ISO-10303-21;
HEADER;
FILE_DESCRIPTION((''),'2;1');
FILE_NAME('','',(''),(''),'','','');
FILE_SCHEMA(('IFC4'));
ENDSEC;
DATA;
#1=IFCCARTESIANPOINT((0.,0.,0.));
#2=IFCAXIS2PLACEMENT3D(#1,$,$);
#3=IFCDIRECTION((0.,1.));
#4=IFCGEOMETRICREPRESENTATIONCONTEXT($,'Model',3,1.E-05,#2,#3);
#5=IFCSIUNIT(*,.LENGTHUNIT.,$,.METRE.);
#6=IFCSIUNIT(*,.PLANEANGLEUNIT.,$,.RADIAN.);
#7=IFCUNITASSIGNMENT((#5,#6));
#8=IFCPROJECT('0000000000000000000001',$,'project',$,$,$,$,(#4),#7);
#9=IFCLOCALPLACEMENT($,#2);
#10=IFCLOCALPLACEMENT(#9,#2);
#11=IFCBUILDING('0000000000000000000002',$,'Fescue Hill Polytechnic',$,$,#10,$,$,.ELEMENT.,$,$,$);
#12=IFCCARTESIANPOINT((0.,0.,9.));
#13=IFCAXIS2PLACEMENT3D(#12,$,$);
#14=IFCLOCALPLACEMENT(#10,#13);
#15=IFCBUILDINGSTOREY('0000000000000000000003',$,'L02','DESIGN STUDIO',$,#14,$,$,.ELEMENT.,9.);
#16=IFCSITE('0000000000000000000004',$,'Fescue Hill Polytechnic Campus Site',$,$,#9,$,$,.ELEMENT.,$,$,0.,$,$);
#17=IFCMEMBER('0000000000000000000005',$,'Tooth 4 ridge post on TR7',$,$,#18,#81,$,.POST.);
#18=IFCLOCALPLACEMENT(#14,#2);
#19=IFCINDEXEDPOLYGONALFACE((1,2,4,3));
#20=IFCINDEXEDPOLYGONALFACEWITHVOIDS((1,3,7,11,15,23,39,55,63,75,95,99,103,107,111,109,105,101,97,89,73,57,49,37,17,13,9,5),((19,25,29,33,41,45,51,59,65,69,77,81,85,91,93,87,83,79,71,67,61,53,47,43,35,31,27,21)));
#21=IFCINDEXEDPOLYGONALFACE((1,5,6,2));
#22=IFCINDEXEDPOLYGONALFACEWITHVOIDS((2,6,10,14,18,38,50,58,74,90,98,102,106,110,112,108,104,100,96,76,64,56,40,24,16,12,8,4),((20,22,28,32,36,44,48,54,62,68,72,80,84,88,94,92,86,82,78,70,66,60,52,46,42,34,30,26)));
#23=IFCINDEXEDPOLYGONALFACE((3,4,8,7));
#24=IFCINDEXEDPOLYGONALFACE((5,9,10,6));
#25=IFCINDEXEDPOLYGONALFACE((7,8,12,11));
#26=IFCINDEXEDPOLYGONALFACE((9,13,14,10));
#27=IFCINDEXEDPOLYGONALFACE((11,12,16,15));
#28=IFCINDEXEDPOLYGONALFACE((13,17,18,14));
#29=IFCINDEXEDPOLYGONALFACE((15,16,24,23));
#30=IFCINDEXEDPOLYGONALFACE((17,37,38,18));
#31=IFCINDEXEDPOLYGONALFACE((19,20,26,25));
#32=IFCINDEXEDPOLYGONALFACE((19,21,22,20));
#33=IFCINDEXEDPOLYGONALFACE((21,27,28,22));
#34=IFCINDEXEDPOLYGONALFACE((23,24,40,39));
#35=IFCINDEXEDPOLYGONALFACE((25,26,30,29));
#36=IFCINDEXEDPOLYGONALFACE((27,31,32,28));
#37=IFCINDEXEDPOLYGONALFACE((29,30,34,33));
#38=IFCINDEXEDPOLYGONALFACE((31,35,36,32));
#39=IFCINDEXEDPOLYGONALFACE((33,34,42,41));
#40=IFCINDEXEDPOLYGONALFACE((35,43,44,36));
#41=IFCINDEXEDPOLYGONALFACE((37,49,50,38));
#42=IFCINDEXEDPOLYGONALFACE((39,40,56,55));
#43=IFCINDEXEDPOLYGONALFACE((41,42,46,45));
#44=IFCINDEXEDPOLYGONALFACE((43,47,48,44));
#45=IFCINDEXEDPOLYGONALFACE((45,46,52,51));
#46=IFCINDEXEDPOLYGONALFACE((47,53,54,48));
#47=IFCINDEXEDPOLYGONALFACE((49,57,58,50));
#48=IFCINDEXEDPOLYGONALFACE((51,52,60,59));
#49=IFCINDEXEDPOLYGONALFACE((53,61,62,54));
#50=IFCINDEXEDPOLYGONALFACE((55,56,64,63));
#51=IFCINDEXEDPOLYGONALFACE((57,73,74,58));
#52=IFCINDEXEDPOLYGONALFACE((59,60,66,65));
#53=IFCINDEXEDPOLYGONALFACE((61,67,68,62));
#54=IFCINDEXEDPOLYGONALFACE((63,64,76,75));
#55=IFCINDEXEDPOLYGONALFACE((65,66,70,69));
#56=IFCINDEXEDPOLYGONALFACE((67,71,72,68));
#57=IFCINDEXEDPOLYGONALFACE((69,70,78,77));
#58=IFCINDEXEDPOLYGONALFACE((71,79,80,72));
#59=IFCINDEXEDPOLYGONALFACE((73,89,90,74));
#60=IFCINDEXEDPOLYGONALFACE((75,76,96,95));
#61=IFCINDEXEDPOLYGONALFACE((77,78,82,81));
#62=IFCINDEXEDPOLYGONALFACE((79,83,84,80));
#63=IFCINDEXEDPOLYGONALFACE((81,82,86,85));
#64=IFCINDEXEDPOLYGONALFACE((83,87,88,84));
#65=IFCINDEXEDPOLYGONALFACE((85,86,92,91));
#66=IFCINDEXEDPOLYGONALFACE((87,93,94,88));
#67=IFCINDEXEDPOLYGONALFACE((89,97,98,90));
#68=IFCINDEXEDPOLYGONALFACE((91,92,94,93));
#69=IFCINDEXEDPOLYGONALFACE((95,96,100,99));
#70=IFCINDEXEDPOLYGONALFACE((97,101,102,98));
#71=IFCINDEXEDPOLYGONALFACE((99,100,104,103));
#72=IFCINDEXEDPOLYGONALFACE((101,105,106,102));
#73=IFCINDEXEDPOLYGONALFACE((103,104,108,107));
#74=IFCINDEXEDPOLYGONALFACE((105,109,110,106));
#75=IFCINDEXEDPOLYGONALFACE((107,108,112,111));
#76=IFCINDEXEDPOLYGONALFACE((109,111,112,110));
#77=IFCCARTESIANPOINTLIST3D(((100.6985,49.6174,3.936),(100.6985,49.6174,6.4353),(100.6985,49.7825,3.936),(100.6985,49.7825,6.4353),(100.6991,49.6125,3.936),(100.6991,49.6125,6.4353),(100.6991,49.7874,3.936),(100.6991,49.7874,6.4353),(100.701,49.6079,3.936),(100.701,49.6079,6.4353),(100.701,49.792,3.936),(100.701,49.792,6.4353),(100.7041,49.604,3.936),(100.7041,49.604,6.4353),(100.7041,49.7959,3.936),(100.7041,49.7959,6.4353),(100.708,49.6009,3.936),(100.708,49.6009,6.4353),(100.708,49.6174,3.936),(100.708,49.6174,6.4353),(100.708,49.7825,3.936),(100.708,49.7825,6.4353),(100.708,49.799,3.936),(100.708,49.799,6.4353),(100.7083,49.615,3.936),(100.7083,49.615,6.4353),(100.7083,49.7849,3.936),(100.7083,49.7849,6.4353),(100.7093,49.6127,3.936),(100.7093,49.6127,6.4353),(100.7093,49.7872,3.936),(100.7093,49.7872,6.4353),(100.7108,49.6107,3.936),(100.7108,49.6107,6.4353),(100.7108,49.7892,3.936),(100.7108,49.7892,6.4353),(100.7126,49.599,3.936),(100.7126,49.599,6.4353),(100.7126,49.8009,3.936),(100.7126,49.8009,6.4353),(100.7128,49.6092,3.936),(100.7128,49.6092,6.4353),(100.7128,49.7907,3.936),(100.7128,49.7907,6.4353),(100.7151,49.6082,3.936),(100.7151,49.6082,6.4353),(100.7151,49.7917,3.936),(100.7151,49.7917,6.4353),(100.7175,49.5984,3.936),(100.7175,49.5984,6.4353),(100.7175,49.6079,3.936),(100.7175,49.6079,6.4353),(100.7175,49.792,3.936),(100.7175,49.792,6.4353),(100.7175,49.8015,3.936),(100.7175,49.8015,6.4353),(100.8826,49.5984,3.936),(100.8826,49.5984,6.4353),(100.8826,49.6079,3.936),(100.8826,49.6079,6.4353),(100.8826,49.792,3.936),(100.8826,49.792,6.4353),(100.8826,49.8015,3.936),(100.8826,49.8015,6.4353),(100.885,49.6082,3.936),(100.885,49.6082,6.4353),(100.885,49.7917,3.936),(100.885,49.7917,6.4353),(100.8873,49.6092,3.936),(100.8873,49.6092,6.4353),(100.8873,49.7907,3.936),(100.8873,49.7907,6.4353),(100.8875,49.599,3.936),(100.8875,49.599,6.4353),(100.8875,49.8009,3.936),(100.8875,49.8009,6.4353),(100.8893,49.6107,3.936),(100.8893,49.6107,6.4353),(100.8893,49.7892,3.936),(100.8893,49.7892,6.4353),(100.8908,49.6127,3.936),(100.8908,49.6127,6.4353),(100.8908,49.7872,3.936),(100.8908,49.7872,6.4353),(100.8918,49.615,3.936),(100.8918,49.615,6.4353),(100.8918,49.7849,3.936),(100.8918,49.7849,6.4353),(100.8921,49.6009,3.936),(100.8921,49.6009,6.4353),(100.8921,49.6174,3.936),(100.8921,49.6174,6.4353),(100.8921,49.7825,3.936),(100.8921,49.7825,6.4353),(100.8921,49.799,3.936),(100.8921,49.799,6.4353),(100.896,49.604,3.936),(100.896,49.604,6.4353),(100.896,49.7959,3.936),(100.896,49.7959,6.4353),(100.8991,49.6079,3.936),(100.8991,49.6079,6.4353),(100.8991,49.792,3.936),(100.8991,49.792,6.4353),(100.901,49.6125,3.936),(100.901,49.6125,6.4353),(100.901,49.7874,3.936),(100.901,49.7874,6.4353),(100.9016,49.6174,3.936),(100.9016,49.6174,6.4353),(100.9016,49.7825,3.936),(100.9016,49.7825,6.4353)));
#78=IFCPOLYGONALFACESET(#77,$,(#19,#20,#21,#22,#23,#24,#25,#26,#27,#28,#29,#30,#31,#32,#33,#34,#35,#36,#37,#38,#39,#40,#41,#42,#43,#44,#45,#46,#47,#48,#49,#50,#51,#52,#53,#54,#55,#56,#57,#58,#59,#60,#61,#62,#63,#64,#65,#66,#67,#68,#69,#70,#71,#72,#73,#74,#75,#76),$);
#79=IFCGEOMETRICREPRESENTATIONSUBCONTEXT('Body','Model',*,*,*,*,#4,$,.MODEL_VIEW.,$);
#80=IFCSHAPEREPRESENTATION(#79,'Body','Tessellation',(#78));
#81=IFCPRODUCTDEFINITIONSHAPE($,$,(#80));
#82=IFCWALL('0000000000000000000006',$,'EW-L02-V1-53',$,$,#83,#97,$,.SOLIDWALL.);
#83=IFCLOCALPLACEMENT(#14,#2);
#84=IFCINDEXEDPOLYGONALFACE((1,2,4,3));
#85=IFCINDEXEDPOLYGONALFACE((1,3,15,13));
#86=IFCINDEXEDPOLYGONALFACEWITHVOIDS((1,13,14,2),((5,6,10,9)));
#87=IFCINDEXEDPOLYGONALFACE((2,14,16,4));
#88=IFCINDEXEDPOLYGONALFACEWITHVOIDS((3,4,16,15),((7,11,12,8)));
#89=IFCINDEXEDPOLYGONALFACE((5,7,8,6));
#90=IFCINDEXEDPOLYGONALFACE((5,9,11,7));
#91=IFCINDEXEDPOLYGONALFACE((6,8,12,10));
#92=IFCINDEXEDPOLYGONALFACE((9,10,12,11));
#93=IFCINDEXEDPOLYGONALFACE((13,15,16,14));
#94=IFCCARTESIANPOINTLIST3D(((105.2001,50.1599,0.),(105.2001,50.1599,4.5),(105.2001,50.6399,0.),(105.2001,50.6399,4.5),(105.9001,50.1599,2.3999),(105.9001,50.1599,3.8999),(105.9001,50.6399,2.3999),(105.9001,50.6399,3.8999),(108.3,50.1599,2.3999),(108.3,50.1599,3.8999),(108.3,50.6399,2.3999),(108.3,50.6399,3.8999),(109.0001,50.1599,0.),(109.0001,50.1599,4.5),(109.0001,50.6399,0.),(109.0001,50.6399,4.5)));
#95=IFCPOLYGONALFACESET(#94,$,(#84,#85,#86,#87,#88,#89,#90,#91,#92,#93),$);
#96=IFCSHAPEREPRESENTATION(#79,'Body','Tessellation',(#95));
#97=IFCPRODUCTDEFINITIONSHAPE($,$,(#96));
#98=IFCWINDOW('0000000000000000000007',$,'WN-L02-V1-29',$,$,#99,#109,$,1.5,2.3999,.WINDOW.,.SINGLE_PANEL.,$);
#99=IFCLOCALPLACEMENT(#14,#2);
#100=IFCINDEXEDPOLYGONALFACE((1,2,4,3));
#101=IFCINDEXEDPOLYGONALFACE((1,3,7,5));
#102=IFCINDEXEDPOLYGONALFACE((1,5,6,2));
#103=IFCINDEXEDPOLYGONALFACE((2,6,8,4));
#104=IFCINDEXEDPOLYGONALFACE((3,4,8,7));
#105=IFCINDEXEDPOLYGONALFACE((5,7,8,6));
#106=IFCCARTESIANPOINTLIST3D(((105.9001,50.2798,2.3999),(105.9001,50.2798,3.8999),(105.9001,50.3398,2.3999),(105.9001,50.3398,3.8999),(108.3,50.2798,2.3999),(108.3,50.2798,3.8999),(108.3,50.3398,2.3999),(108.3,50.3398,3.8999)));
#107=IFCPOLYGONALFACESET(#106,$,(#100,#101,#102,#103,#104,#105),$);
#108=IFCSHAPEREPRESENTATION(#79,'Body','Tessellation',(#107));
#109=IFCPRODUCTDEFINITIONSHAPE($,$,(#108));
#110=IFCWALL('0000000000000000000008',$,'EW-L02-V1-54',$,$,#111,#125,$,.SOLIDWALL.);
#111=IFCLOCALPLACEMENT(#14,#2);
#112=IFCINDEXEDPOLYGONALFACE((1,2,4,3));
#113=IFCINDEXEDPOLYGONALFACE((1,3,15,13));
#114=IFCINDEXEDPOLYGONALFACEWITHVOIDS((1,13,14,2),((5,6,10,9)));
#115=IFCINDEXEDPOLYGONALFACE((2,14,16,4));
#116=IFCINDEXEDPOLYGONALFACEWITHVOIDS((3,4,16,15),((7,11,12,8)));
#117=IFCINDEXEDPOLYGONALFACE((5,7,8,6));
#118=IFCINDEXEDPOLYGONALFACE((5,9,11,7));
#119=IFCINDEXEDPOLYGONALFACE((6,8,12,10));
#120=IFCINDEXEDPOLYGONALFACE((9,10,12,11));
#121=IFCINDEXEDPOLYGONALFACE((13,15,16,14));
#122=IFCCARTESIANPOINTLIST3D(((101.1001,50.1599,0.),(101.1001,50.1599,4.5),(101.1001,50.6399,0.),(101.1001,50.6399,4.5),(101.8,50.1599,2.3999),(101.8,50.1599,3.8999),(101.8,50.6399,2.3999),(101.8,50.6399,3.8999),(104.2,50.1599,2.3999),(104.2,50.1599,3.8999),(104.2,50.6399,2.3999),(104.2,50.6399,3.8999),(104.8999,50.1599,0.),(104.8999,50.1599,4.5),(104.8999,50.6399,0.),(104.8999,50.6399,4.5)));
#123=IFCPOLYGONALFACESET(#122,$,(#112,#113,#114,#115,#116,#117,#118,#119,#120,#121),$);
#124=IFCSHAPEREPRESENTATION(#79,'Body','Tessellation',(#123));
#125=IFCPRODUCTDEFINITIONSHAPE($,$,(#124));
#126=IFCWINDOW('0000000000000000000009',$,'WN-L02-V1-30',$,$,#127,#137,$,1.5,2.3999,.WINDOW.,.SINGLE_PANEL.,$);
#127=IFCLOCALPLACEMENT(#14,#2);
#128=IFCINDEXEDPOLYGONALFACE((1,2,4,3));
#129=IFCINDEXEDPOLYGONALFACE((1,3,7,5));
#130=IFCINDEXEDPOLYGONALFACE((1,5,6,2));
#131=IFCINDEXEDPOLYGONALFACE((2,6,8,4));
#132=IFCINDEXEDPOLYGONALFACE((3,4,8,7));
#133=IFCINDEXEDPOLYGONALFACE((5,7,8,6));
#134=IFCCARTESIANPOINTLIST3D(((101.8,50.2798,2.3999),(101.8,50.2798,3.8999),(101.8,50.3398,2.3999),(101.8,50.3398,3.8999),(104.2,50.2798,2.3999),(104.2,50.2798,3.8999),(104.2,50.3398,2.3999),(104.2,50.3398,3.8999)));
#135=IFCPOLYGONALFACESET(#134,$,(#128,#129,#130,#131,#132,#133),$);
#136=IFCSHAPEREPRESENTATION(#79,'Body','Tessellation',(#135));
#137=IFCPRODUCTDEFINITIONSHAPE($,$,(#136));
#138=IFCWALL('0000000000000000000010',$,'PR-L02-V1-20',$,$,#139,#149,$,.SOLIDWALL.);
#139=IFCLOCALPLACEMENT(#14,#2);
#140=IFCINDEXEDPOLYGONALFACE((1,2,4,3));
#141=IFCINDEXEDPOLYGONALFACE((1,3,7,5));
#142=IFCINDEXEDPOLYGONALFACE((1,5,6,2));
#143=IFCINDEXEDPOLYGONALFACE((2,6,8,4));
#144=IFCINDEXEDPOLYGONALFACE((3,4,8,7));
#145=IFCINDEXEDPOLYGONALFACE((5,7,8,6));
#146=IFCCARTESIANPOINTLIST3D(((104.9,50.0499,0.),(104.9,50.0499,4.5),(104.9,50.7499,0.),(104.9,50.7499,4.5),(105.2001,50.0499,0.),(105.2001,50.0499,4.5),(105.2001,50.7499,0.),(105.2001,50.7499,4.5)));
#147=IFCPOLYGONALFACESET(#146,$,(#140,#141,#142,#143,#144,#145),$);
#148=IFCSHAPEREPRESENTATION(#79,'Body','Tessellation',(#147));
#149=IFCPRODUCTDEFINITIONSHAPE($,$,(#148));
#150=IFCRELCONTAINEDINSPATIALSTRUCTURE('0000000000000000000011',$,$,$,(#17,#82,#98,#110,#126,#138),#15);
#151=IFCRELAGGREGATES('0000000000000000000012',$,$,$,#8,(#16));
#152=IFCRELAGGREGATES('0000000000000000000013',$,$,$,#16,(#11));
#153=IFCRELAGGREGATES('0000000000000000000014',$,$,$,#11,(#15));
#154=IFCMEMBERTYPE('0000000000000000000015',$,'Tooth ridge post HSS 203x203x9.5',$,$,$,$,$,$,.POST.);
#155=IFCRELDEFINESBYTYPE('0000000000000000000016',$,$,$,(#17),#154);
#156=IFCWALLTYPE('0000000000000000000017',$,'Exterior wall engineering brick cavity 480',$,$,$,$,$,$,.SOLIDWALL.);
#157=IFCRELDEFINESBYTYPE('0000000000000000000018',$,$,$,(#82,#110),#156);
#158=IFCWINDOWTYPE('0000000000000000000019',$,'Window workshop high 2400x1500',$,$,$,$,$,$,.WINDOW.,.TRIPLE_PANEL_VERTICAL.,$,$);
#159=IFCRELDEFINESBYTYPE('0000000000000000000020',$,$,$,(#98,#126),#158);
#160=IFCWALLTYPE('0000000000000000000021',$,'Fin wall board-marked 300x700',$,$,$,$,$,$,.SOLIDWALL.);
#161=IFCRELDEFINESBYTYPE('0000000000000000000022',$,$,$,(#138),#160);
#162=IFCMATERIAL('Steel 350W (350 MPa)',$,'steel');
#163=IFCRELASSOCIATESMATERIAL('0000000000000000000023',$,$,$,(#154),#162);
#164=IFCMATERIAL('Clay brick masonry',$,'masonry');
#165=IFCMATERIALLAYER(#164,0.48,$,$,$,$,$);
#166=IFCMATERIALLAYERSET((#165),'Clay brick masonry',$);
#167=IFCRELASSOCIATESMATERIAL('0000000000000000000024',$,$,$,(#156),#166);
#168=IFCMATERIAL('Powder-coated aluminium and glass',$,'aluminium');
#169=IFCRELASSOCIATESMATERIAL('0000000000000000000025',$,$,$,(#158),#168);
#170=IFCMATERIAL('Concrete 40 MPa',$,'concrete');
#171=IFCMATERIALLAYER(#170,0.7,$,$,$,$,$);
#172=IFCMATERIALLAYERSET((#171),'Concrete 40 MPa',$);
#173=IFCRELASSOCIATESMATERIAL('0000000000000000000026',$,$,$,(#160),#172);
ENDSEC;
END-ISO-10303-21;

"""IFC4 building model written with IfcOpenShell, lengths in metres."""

from ifc_helpers import new_model, si_unit, direction, frame, frame_2d, origin, origin_2d, place, context, subcontext, project, spatial, rectangle, hollow_rectangle, extrude, material, layer, layer_set, material_profile, profile_set, type_object, element, fill, save


model = new_model("IFC4")

# Units and contexts
model_context = context("Model", 3, precision=1e-05, world=origin(), true_north=direction((0.0, 1.0)))
body_context = subcontext(model_context, "Body", "Model", "MODEL_VIEW")
ifc_project = project(units=[si_unit("LENGTHUNIT", "METRE"), si_unit("PLANEANGLEUNIT", "RADIAN")], contexts=[model_context])

# Site, building, storey
site_placement = place(None, origin())
site = spatial("IfcSite", under=ifc_project, at=site_placement, Name="Fescue Hill Polytechnic Campus Site", CompositionType="ELEMENT", RefElevation=0.0)
building_placement = place(site_placement, origin())
building = spatial("IfcBuilding", under=site, at=building_placement, Name="Fescue Hill Polytechnic", CompositionType="ELEMENT")
storey_placement = place(building_placement, frame((0.0, 0.0, 9.0)))
storey = spatial("IfcBuildingStorey", under=building, at=storey_placement, Name="L02", Description="DESIGN STUDIO", CompositionType="ELEMENT", Elevation=9.0)

# Shared definitions
ifc_material_1 = material(Name="Concrete 40 MPa", Category="concrete")

# Member
ifc_material_2 = material(Name="Steel 350W (350 MPa)", Category="steel")
ifc_material_profile_1 = material_profile(ifc_material_2, hollow_rectangle(XDim=0.2031, YDim=0.2031, WallThickness=0.0095, InnerFilletRadius=0.0095, OuterFilletRadius=0.019, at=origin_2d()), Name="Tooth ridge post HSS 203x203x9.5")
ifc_profile_set_1 = profile_set([ifc_material_profile_1], Name="Steel 350W (350 MPa)")
member_type_1 = type_object("IfcMemberType", Name="Tooth ridge post HSS 203x203x9.5", PredefinedType="POST", material=ifc_profile_set_1)
member_1_placement = place(storey_placement, frame((100.8, 49.7, 3.936), z_axis=(0.0, 0.0, 1.0), x_axis=(1.0, 0.0, 0.0)))
element("IfcMember", 1, at=member_1_placement, inside=storey, type_object=member_type_1, Name="Tooth 4 ridge post on TR7", PredefinedType="POST", context=body_context, shape_type="SweptSolid", body=[
    extrude(hollow_rectangle(XDim=0.2031, YDim=0.2031, WallThickness=0.0095, InnerFilletRadius=0.0095, OuterFilletRadius=0.019, at=origin_2d()), origin(), (0.0, 0.0, 1.0), 2.4993),
])

# Walls, openings, windows
ifc_material_3 = material(Name="Clay brick masonry", Category="masonry")
ifc_layer_1 = layer(ifc_material_3, 0.48)
ifc_layer_set_1 = layer_set([ifc_layer_1], Name="Clay brick masonry")
wall_type_1 = type_object("IfcWallType", Name="Exterior wall engineering brick cavity 480", PredefinedType="SOLIDWALL", material=ifc_layer_set_1)
wall_1_placement = place(storey_placement, frame((109.0, 50.3999, 0.0), z_axis=(0.0, 0.0, 1.0), x_axis=(-1.0, 0.0, 0.0)))
wall_1 = element("IfcWall", 2, at=wall_1_placement, inside=storey, type_object=wall_type_1, Name="EW-L02-V1-53", PredefinedType="SOLIDWALL", context=body_context, shape_type="SweptSolid", body=[
    extrude(rectangle(XDim=3.8, YDim=0.48, at=frame_2d((1.8999, 0.0))), origin(), (0.0, 0.0, 1.0), 4.5),
])
opening_1_placement = place(wall_1_placement, frame((0.7, 0.0, 2.3999)))
opening_1 = element("IfcOpeningElement", 3, at=opening_1_placement, cuts=wall_1, PredefinedType="OPENING", context=body_context, shape_type="SweptSolid", body=[
    extrude(rectangle(XDim=2.3999, YDim=1.5, at=frame_2d((1.2, 0.75))), frame((0.0, 0.25, 0.0), z_axis=(0.0, -1.0, 0.0), x_axis=(1.0, 0.0, 0.0)), (0.0, 0.0, 1.0), 0.5),
])
ifc_material_4 = material(Name="Powder-coated aluminium and glass", Category="aluminium")
window_type = type_object("IfcWindowType", Name="Window workshop high 2400x1500", PartitioningType="TRIPLE_PANEL_VERTICAL", PredefinedType="WINDOW", material=ifc_material_4)
window_1_placement = place(opening_1_placement, origin())
window_1 = element("IfcWindow", 4, at=window_1_placement, inside=storey, type_object=window_type, Name="WN-L02-V1-29", OverallHeight=1.5, OverallWidth=2.3999, PartitioningType="SINGLE_PANEL", PredefinedType="WINDOW", context=body_context, shape_type="SweptSolid", body=[
    extrude(rectangle(XDim=2.3999, YDim=1.5, at=frame_2d((1.2, 0.75))), frame((0.0, 0.1201, 0.0), z_axis=(0.0, -1.0, 0.0), x_axis=(1.0, 0.0, 0.0)), (0.0, 0.0, 1.0), 0.0601),
])
fill(opening_1, window_1)
wall_2_placement = place(storey_placement, frame((104.8999, 50.3999, 0.0), z_axis=(0.0, 0.0, 1.0), x_axis=(-1.0, 0.0, 0.0)))
wall_2 = element("IfcWall", 5, at=wall_2_placement, inside=storey, type_object=wall_type_1, Name="EW-L02-V1-54", PredefinedType="SOLIDWALL", context=body_context, shape_type="SweptSolid", body=[
    extrude(rectangle(XDim=3.7998, YDim=0.48, at=frame_2d((1.8999, 0.0))), origin(), (0.0, 0.0, 1.0), 4.5),
])
opening_2_placement = place(wall_2_placement, frame((0.7, 0.0, 2.3999)))
opening_2 = element("IfcOpeningElement", 6, at=opening_2_placement, cuts=wall_2, PredefinedType="OPENING", context=body_context, shape_type="SweptSolid", body=[
    extrude(rectangle(XDim=2.3999, YDim=1.5, at=frame_2d((1.2, 0.75))), frame((0.0, 0.25, 0.0), z_axis=(0.0, -1.0, 0.0), x_axis=(1.0, 0.0, 0.0)), (0.0, 0.0, 1.0), 0.5),
])
window_2_placement = place(opening_2_placement, origin())
window_2 = element("IfcWindow", 7, at=window_2_placement, inside=storey, type_object=window_type, Name="WN-L02-V1-30", OverallHeight=1.5, OverallWidth=2.3999, PartitioningType="SINGLE_PANEL", PredefinedType="WINDOW", context=body_context, shape_type="SweptSolid", body=[
    extrude(rectangle(XDim=2.3999, YDim=1.5, at=frame_2d((1.2, 0.75))), frame((0.0, 0.1201, 0.0), z_axis=(0.0, -1.0, 0.0), x_axis=(1.0, 0.0, 0.0)), (0.0, 0.0, 1.0), 0.0601),
])
fill(opening_2, window_2)

# Wall
ifc_layer_2 = layer(ifc_material_1, 0.7)
ifc_layer_set_2 = layer_set([ifc_layer_2], Name="Concrete 40 MPa")
wall_type_2 = type_object("IfcWallType", Name="Fin wall board-marked 300x700", PredefinedType="SOLIDWALL", material=ifc_layer_set_2)
wall_3_placement = place(storey_placement, frame((105.2, 50.3999, 0.0), z_axis=(0.0, 0.0, 1.0), x_axis=(-1.0, 0.0, 0.0)))
element("IfcWall", 8, at=wall_3_placement, inside=storey, type_object=wall_type_2, Name="PR-L02-V1-20", PredefinedType="SOLIDWALL", context=body_context, shape_type="SweptSolid", body=[
    extrude(rectangle(XDim=0.3, YDim=0.7, at=frame_2d((0.1499, 0.0))), origin(), (0.0, 0.0, 1.0), 4.5),
])

save(model, "model.ifc")
